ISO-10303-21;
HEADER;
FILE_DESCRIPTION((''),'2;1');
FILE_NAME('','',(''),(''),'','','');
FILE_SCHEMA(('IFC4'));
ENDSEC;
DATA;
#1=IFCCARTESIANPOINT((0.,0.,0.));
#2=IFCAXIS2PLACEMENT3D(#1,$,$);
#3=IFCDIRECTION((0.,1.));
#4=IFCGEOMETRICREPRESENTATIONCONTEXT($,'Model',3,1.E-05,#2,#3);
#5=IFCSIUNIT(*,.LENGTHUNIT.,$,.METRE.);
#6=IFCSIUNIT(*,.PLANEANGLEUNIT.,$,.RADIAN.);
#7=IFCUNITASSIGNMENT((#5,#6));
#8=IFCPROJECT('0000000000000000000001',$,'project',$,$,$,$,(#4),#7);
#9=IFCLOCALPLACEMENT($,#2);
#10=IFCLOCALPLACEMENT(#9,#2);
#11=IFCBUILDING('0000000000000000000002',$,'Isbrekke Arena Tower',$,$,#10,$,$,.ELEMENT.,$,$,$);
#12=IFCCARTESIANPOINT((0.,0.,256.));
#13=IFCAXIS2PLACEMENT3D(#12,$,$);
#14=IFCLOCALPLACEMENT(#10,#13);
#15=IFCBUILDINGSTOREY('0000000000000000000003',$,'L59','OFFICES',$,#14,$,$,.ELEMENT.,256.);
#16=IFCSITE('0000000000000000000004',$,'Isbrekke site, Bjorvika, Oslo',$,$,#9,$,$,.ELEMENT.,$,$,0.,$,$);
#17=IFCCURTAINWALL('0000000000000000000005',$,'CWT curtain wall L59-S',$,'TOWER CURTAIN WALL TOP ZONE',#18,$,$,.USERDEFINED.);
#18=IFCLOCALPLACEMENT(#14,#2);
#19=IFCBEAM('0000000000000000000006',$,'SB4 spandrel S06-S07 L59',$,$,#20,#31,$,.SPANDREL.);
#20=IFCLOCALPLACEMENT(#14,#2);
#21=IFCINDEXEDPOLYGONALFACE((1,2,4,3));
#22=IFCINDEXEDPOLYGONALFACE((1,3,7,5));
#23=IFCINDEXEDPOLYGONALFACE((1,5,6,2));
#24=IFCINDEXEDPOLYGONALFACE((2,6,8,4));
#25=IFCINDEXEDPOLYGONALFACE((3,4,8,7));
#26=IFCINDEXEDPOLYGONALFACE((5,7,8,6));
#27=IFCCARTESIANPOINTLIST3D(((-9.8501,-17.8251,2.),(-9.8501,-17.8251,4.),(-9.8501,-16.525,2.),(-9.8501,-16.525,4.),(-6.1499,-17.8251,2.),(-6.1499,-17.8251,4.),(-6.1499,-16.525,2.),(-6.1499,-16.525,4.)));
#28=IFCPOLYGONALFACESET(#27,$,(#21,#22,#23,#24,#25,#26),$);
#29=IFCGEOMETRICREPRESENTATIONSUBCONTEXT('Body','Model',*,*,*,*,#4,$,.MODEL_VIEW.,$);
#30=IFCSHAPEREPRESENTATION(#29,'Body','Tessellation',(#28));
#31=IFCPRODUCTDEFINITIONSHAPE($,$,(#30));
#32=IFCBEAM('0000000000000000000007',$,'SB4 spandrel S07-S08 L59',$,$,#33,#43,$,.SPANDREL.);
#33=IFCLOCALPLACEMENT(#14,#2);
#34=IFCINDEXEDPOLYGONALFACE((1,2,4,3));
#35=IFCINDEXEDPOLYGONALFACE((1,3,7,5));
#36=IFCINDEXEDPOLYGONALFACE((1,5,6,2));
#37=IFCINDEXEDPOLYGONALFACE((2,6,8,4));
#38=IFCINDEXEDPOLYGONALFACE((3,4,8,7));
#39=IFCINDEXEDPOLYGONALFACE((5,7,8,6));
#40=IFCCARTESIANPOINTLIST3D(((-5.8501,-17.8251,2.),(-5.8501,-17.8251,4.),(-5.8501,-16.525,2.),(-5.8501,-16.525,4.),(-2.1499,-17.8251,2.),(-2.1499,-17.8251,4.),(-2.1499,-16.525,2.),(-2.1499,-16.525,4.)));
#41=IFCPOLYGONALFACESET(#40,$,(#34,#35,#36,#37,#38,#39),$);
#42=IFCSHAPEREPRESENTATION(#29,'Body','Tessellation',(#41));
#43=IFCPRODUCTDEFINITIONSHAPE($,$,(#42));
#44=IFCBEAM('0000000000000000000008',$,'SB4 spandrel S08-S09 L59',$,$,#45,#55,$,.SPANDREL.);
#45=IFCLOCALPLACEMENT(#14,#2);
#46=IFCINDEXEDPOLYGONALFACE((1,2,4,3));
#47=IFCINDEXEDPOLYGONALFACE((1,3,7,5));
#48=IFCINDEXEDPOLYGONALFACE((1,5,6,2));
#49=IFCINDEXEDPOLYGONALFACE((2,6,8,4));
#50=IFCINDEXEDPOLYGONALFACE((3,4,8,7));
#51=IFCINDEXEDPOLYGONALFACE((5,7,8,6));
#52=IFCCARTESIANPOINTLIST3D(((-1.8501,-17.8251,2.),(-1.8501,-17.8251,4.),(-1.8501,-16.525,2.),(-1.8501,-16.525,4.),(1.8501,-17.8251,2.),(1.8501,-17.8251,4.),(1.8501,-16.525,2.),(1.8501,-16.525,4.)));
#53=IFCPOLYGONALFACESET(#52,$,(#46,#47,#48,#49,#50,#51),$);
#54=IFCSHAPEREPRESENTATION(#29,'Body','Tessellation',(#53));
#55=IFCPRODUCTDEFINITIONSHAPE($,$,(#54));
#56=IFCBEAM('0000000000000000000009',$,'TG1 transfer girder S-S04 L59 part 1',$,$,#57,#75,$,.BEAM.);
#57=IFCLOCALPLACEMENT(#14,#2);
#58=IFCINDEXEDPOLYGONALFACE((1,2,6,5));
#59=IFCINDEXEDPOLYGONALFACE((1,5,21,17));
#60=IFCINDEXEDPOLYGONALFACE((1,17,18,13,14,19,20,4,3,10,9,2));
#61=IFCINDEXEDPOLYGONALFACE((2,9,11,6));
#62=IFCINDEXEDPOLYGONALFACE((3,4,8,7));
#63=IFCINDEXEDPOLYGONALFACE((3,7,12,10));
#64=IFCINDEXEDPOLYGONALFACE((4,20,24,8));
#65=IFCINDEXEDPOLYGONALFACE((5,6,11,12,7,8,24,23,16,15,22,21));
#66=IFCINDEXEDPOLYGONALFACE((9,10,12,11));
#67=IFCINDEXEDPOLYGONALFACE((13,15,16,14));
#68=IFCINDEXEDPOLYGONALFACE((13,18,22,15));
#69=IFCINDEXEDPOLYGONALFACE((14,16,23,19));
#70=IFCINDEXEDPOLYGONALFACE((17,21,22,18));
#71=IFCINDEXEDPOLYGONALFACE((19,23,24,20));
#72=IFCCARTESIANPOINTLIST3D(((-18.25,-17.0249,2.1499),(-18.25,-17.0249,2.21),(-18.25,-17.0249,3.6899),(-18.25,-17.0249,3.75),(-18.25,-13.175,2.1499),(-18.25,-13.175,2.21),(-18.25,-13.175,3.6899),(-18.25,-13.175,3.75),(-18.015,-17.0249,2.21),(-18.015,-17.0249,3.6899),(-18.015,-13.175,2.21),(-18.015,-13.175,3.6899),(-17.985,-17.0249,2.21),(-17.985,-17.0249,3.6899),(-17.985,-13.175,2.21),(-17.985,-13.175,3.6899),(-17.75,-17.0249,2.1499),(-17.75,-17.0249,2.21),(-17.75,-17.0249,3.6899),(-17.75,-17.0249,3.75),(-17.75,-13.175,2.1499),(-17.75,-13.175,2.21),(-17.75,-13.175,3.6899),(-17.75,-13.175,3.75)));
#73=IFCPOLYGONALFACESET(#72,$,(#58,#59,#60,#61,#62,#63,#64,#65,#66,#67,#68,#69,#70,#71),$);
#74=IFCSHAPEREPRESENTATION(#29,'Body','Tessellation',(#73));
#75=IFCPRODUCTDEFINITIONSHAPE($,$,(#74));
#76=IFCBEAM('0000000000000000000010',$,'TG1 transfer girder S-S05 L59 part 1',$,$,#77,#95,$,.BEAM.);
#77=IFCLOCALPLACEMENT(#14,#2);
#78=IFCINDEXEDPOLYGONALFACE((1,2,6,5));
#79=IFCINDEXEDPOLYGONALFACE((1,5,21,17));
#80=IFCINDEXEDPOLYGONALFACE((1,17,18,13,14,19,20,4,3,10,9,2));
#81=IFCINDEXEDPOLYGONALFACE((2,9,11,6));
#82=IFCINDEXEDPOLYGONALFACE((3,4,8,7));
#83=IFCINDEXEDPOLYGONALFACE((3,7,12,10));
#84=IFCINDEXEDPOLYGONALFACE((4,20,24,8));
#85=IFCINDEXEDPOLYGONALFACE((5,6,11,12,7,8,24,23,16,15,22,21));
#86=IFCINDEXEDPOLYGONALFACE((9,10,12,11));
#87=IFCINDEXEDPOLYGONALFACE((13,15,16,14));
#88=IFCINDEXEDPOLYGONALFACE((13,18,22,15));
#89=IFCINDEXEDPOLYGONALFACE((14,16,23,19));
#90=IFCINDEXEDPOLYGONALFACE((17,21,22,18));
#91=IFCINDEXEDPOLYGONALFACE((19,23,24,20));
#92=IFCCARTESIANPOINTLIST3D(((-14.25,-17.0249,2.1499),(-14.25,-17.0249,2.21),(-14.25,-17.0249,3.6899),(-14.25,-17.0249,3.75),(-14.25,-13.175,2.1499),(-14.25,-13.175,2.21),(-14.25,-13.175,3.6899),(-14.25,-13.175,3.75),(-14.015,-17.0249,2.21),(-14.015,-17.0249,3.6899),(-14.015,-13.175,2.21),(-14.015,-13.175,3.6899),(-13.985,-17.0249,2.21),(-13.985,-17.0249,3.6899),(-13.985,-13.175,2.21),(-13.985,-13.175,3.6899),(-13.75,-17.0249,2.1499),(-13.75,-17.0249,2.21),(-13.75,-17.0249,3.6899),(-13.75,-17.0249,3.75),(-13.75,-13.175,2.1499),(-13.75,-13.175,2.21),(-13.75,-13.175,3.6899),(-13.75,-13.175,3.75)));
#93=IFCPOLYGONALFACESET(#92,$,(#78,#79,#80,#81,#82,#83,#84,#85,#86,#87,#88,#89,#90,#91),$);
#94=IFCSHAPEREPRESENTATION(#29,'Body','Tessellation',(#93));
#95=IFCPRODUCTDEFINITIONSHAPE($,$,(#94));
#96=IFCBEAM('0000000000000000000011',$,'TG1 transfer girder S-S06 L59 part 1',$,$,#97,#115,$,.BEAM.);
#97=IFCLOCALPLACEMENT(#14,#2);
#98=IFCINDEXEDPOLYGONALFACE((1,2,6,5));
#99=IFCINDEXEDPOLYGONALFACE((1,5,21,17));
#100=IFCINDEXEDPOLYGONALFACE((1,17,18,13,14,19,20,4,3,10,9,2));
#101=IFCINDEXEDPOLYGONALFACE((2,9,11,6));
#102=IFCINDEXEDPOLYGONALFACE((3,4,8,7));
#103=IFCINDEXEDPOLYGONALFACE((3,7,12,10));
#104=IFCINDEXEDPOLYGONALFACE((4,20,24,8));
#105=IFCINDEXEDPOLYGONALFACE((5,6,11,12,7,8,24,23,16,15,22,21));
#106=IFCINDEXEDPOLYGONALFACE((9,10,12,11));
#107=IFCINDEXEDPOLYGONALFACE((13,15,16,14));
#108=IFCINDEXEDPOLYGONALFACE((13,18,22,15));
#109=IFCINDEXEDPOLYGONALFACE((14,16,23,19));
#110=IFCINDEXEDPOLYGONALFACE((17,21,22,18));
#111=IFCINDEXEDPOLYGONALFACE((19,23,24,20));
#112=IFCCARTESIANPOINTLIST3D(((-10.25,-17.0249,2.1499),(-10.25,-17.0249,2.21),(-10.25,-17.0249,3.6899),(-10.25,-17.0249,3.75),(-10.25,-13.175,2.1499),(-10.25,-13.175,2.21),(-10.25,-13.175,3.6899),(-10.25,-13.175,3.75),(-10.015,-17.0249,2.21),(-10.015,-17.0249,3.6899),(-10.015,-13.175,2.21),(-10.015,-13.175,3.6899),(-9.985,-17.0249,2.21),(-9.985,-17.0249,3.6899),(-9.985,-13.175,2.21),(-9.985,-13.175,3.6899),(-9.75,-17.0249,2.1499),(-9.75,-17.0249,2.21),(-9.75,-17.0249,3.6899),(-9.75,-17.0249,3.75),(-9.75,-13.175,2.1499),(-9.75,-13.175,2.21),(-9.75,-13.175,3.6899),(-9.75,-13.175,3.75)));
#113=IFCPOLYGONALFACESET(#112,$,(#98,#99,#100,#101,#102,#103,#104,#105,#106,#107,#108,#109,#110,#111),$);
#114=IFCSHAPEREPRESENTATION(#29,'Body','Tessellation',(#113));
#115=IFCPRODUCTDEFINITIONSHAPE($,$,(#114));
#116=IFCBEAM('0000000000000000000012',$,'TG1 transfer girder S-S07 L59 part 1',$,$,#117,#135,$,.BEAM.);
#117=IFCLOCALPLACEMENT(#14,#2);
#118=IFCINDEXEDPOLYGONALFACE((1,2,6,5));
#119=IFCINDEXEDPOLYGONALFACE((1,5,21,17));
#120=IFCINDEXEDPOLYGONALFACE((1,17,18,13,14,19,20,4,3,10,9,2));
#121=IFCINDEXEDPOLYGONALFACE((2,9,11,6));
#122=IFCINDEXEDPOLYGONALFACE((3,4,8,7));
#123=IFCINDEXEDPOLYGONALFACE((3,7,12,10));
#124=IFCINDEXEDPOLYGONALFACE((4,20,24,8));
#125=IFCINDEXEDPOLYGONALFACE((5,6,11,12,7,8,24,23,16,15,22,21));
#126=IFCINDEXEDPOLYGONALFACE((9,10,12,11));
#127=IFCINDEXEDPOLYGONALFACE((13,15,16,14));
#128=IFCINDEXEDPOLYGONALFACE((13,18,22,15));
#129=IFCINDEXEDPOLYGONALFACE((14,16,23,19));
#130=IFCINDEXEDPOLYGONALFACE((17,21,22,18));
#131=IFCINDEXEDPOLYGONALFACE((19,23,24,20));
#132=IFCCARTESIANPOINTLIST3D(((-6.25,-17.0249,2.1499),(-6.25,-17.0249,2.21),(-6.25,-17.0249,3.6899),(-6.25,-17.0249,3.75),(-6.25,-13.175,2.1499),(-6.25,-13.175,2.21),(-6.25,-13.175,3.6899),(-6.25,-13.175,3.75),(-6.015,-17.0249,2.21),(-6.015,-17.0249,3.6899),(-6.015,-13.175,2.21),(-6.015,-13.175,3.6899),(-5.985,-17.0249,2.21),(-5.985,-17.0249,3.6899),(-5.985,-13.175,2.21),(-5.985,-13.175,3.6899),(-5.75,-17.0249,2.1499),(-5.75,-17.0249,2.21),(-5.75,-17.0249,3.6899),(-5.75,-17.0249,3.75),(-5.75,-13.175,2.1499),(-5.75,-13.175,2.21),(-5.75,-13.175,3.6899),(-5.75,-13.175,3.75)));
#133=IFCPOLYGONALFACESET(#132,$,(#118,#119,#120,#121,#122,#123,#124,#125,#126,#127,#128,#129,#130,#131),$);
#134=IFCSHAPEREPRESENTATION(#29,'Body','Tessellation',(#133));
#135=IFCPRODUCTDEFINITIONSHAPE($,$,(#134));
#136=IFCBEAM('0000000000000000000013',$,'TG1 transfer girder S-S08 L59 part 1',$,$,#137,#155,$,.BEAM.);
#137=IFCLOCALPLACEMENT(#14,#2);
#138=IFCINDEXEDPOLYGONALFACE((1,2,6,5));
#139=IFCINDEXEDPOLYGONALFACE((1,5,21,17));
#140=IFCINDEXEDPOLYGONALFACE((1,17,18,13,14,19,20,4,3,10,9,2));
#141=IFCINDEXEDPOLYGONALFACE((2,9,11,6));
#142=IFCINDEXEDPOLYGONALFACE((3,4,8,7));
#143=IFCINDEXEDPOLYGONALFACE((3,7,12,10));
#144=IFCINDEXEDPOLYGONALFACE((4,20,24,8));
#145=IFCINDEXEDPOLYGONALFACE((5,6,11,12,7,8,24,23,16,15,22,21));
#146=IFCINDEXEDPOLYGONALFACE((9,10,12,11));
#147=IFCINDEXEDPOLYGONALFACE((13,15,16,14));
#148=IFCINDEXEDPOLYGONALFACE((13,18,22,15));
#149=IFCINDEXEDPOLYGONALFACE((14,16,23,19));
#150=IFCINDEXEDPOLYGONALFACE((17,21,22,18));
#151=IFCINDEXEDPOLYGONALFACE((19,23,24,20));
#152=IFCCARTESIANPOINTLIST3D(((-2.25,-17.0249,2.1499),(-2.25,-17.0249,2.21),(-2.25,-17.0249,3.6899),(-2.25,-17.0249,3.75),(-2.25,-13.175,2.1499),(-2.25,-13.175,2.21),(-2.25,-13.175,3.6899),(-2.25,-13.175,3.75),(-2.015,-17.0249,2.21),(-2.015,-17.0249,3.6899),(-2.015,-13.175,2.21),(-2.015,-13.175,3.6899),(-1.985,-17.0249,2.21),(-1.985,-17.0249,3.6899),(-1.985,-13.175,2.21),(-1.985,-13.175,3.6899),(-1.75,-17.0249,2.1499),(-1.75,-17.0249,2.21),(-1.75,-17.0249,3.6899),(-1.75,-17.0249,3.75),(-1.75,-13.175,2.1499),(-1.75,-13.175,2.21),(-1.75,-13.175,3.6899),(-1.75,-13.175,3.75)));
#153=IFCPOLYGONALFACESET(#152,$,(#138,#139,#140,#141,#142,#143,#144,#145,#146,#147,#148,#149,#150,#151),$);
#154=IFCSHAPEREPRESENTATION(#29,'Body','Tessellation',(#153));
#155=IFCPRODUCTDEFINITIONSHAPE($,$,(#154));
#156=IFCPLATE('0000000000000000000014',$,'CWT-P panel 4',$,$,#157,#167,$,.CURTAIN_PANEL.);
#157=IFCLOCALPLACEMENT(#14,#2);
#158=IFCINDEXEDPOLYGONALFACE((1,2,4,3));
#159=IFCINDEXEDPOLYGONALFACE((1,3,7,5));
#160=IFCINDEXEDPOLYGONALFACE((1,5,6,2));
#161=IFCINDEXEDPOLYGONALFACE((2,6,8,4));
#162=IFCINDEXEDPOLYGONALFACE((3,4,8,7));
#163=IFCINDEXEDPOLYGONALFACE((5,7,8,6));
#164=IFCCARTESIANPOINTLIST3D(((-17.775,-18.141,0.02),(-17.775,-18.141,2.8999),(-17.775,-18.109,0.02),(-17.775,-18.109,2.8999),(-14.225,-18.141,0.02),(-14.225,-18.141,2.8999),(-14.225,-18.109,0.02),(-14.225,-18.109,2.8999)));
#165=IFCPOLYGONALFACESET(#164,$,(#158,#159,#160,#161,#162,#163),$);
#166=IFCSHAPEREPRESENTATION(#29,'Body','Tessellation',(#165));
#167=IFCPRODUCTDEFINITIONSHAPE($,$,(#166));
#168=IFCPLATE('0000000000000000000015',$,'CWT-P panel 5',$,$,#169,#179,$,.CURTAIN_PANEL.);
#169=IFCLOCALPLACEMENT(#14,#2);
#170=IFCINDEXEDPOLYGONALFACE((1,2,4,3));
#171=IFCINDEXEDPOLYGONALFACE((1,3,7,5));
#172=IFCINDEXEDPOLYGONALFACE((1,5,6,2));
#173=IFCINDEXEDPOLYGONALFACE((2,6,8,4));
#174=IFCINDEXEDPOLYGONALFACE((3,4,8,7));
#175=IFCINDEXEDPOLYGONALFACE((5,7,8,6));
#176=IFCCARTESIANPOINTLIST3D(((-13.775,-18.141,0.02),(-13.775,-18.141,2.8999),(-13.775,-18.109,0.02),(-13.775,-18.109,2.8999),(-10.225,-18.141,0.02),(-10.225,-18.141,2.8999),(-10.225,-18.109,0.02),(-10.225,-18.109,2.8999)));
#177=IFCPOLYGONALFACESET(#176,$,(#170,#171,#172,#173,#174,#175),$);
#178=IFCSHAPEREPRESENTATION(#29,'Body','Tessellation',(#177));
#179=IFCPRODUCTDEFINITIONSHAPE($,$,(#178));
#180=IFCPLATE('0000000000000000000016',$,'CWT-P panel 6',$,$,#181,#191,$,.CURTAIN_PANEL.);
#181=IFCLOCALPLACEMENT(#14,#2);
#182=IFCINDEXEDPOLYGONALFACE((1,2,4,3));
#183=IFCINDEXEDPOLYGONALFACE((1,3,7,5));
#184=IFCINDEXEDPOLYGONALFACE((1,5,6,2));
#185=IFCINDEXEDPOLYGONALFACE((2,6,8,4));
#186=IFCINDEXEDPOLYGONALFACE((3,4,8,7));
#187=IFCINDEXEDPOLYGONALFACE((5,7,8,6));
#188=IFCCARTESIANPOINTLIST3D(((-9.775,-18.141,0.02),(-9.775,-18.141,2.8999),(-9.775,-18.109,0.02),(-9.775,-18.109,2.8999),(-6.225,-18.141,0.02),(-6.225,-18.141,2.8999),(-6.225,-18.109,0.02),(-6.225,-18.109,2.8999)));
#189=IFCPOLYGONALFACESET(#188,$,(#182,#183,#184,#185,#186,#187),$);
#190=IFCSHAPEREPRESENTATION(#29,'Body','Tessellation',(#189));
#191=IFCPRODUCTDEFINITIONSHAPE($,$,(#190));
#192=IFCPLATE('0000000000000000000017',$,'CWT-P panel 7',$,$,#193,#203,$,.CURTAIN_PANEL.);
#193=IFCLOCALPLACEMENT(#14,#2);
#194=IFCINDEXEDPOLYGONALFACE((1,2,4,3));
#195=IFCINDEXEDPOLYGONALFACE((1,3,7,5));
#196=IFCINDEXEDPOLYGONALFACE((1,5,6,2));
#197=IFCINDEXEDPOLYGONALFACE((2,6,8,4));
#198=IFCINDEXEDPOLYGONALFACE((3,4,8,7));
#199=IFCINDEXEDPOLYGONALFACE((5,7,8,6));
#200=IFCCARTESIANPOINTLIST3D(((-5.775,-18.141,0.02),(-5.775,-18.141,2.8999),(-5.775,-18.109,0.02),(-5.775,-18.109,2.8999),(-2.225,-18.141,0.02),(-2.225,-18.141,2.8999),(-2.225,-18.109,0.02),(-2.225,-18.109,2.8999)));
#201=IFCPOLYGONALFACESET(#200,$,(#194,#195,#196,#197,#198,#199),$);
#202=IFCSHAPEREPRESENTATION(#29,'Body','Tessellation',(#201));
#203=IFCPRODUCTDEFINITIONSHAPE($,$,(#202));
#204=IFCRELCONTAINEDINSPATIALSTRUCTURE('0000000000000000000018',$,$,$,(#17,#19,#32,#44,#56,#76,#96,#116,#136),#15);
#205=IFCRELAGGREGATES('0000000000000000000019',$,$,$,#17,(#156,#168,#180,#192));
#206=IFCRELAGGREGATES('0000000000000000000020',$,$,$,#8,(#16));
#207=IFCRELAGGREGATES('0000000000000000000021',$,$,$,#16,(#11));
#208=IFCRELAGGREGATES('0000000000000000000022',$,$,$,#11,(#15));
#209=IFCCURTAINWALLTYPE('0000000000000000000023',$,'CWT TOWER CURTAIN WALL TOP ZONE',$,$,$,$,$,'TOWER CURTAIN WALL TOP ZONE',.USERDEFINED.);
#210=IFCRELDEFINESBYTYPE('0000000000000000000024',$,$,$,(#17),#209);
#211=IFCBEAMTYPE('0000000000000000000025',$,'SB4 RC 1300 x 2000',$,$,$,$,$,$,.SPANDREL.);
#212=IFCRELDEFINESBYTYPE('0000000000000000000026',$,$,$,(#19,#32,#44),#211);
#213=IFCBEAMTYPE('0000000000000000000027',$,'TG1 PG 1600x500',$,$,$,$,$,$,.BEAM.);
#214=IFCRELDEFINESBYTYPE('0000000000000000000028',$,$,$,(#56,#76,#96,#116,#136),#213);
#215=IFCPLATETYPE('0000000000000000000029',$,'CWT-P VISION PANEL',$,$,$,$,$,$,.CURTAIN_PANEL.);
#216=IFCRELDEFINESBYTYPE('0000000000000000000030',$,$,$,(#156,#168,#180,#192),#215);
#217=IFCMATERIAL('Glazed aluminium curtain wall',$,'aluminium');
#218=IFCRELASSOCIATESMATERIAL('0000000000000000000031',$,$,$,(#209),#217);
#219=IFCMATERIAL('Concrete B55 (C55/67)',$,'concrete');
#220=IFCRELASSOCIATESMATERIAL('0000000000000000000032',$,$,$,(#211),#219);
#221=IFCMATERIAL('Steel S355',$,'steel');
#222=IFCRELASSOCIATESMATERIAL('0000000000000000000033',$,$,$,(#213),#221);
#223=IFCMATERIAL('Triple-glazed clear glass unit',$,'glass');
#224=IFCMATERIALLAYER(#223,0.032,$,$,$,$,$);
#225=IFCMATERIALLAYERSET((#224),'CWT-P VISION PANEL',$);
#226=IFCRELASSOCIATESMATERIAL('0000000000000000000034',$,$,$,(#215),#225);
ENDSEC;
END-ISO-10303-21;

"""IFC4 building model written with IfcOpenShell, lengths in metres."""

from ifc_helpers import new_model, si_unit, direction, frame, origin, origin_2d, place, context, subcontext, project, spatial, rectangle, i_section, extrude, material, layer, layer_set, material_profile, profile_set, type_object, element, aggregate, save


model = new_model("IFC4")

# Units and contexts
model_context = context("Model", 3, precision=1e-05, world=origin(), true_north=direction((0.0, 1.0)))
body_context = subcontext(model_context, "Body", "Model", "MODEL_VIEW")
ifc_project = project(units=[si_unit("LENGTHUNIT", "METRE"), si_unit("PLANEANGLEUNIT", "RADIAN")], contexts=[model_context])

# Site, building, storey
site_placement = place(None, origin())
site = spatial("IfcSite", under=ifc_project, at=site_placement, Name="Isbrekke site, Bjorvika, Oslo", CompositionType="ELEMENT", RefElevation=0.0)
building_placement = place(site_placement, origin())
building = spatial("IfcBuilding", under=site, at=building_placement, Name="Isbrekke Arena Tower", CompositionType="ELEMENT")
storey_placement = place(building_placement, frame((0.0, 0.0, 256.0)))
storey = spatial("IfcBuildingStorey", under=building, at=storey_placement, Name="L59", Description="OFFICES", CompositionType="ELEMENT", Elevation=256.0)

# Curtain wall
ifc_material_1 = material(Name="Glazed aluminium curtain wall", Category="aluminium")
curtain_wall_type = type_object("IfcCurtainWallType", Name="CWT TOWER CURTAIN WALL TOP ZONE", ElementType="TOWER CURTAIN WALL TOP ZONE", PredefinedType="USERDEFINED", material=ifc_material_1)
curtain_wall_placement = place(storey_placement, origin())
curtain_wall = element("IfcCurtainWall", 1, at=curtain_wall_placement, inside=storey, type_object=curtain_wall_type, Name="CWT curtain wall L59-S", ObjectType="TOWER CURTAIN WALL TOP ZONE", PredefinedType="USERDEFINED")

# Beams
ifc_material_2 = material(Name="Concrete B55 (C55/67)", Category="concrete")
ifc_material_profile_1 = material_profile(ifc_material_2, rectangle(XDim=1.3, YDim=2.0, at=origin_2d()), Name="RC 1300x2000")
ifc_profile_set_1 = profile_set([ifc_material_profile_1], Name="Concrete B55 (C55/67)")
beam_type_1 = type_object("IfcBeamType", Name="SB4 RC 1300 x 2000", PredefinedType="SPANDREL", material=ifc_profile_set_1)
for number, where, z_axis, x_axis, name in (
    (2, (-9.8501, -17.175, 3.0), (1.0, 0.0, 0.0), (0.0, 1.0, 0.0), "SB4 spandrel S06-S07 L59"),
    (3, (-5.8501, -17.175, 3.0), (1.0, 0.0, 0.0), (0.0, 1.0, 0.0), "SB4 spandrel S07-S08 L59"),
    (4, (-1.8501, -17.175, 3.0), (1.0, 0.0, 0.0), (0.0, 1.0, 0.0), "SB4 spandrel S08-S09 L59"),
):
    element("IfcBeam", number, at=place(storey_placement, frame(where, z_axis=z_axis, x_axis=x_axis)), inside=storey, type_object=beam_type_1, Name=name, PredefinedType="SPANDREL", context=body_context, shape_type="SweptSolid", body=[
        extrude(rectangle(XDim=1.3, YDim=2.0, at=origin_2d()), origin(), (0.0, 0.0, 1.0), 3.7002),
    ])
ifc_material_3 = material(Name="Steel S355", Category="steel")
ifc_material_profile_2 = material_profile(ifc_material_3, i_section(OverallWidth=0.5, OverallDepth=1.6001, WebThickness=0.03, FlangeThickness=0.0601, at=origin_2d()), Name="PG 1600x500")
ifc_profile_set_2 = profile_set([ifc_material_profile_2], Name="Steel S355")
beam_type_2 = type_object("IfcBeamType", Name="TG1 PG 1600x500", PredefinedType="BEAM", material=ifc_profile_set_2)
for number, where, z_axis, x_axis, name in (
    (5, (-18.0, -17.0249, 2.95), (0.0, 1.0, 0.0), (-1.0, 0.0, 0.0), "TG1 transfer girder S-S04 L59 part 1"),
    (6, (-14.0, -17.0249, 2.95), (0.0, 1.0, 0.0), (-1.0, 0.0, 0.0), "TG1 transfer girder S-S05 L59 part 1"),
    (7, (-10.0, -17.0249, 2.95), (0.0, 1.0, 0.0), (-1.0, 0.0, 0.0), "TG1 transfer girder S-S06 L59 part 1"),
    (8, (-6.0, -17.0249, 2.95), (0.0, 1.0, 0.0), (-1.0, 0.0, 0.0), "TG1 transfer girder S-S07 L59 part 1"),
    (9, (-2.0, -17.0249, 2.95), (0.0, 1.0, 0.0), (-1.0, 0.0, 0.0), "TG1 transfer girder S-S08 L59 part 1"),
):
    element("IfcBeam", number, at=place(storey_placement, frame(where, z_axis=z_axis, x_axis=x_axis)), inside=storey, type_object=beam_type_2, Name=name, PredefinedType="BEAM", context=body_context, shape_type="SweptSolid", body=[
        extrude(i_section(OverallWidth=0.5, OverallDepth=1.6001, WebThickness=0.03, FlangeThickness=0.0601, at=origin_2d()), origin(), (0.0, 0.0, 1.0), 3.8499),
    ])

# Plates
ifc_material_4 = material(Name="Triple-glazed clear glass unit", Category="glass")
ifc_layer_1 = layer(ifc_material_4, 0.032)
ifc_layer_set_1 = layer_set([ifc_layer_1], Name="CWT-P VISION PANEL")
plate_type = type_object("IfcPlateType", Name="CWT-P VISION PANEL", PredefinedType="CURTAIN_PANEL", material=ifc_layer_set_1)
plate_1_placement = place(storey_placement, frame((-16.0, -18.125, 0.02), z_axis=(0.0, 0.0, 1.0), x_axis=(1.0, 0.0, 0.0)))
plate_1 = element("IfcPlate", 10, at=plate_1_placement, type_object=plate_type, Name="CWT-P panel 4", PredefinedType="CURTAIN_PANEL", context=body_context, shape_type="SweptSolid", body=[
    extrude(rectangle(XDim=3.55, YDim=0.032, at=origin_2d()), origin(), (0.0, 0.0, 1.0), 2.8799),
])
plate_2_placement = place(storey_placement, frame((-12.0, -18.125, 0.02), z_axis=(0.0, 0.0, 1.0), x_axis=(1.0, 0.0, 0.0)))
plate_2 = element("IfcPlate", 11, at=plate_2_placement, type_object=plate_type, Name="CWT-P panel 5", PredefinedType="CURTAIN_PANEL", context=body_context, shape_type="SweptSolid", body=[
    extrude(rectangle(XDim=3.55, YDim=0.032, at=origin_2d()), origin(), (0.0, 0.0, 1.0), 2.8799),
])
plate_3_placement = place(storey_placement, frame((-8.0, -18.125, 0.02), z_axis=(0.0, 0.0, 1.0), x_axis=(1.0, 0.0, 0.0)))
plate_3 = element("IfcPlate", 12, at=plate_3_placement, type_object=plate_type, Name="CWT-P panel 6", PredefinedType="CURTAIN_PANEL", context=body_context, shape_type="SweptSolid", body=[
    extrude(rectangle(XDim=3.55, YDim=0.032, at=origin_2d()), origin(), (0.0, 0.0, 1.0), 2.8799),
])
plate_4_placement = place(storey_placement, frame((-4.0, -18.125, 0.02), z_axis=(0.0, 0.0, 1.0), x_axis=(1.0, 0.0, 0.0)))
plate_4 = element("IfcPlate", 13, at=plate_4_placement, type_object=plate_type, Name="CWT-P panel 7", PredefinedType="CURTAIN_PANEL", context=body_context, shape_type="SweptSolid", body=[
    extrude(rectangle(XDim=3.55, YDim=0.032, at=origin_2d()), origin(), (0.0, 0.0, 1.0), 2.8799),
])
aggregate(curtain_wall, [plate_1, plate_2, plate_3, plate_4])

save(model, "model.ifc")
